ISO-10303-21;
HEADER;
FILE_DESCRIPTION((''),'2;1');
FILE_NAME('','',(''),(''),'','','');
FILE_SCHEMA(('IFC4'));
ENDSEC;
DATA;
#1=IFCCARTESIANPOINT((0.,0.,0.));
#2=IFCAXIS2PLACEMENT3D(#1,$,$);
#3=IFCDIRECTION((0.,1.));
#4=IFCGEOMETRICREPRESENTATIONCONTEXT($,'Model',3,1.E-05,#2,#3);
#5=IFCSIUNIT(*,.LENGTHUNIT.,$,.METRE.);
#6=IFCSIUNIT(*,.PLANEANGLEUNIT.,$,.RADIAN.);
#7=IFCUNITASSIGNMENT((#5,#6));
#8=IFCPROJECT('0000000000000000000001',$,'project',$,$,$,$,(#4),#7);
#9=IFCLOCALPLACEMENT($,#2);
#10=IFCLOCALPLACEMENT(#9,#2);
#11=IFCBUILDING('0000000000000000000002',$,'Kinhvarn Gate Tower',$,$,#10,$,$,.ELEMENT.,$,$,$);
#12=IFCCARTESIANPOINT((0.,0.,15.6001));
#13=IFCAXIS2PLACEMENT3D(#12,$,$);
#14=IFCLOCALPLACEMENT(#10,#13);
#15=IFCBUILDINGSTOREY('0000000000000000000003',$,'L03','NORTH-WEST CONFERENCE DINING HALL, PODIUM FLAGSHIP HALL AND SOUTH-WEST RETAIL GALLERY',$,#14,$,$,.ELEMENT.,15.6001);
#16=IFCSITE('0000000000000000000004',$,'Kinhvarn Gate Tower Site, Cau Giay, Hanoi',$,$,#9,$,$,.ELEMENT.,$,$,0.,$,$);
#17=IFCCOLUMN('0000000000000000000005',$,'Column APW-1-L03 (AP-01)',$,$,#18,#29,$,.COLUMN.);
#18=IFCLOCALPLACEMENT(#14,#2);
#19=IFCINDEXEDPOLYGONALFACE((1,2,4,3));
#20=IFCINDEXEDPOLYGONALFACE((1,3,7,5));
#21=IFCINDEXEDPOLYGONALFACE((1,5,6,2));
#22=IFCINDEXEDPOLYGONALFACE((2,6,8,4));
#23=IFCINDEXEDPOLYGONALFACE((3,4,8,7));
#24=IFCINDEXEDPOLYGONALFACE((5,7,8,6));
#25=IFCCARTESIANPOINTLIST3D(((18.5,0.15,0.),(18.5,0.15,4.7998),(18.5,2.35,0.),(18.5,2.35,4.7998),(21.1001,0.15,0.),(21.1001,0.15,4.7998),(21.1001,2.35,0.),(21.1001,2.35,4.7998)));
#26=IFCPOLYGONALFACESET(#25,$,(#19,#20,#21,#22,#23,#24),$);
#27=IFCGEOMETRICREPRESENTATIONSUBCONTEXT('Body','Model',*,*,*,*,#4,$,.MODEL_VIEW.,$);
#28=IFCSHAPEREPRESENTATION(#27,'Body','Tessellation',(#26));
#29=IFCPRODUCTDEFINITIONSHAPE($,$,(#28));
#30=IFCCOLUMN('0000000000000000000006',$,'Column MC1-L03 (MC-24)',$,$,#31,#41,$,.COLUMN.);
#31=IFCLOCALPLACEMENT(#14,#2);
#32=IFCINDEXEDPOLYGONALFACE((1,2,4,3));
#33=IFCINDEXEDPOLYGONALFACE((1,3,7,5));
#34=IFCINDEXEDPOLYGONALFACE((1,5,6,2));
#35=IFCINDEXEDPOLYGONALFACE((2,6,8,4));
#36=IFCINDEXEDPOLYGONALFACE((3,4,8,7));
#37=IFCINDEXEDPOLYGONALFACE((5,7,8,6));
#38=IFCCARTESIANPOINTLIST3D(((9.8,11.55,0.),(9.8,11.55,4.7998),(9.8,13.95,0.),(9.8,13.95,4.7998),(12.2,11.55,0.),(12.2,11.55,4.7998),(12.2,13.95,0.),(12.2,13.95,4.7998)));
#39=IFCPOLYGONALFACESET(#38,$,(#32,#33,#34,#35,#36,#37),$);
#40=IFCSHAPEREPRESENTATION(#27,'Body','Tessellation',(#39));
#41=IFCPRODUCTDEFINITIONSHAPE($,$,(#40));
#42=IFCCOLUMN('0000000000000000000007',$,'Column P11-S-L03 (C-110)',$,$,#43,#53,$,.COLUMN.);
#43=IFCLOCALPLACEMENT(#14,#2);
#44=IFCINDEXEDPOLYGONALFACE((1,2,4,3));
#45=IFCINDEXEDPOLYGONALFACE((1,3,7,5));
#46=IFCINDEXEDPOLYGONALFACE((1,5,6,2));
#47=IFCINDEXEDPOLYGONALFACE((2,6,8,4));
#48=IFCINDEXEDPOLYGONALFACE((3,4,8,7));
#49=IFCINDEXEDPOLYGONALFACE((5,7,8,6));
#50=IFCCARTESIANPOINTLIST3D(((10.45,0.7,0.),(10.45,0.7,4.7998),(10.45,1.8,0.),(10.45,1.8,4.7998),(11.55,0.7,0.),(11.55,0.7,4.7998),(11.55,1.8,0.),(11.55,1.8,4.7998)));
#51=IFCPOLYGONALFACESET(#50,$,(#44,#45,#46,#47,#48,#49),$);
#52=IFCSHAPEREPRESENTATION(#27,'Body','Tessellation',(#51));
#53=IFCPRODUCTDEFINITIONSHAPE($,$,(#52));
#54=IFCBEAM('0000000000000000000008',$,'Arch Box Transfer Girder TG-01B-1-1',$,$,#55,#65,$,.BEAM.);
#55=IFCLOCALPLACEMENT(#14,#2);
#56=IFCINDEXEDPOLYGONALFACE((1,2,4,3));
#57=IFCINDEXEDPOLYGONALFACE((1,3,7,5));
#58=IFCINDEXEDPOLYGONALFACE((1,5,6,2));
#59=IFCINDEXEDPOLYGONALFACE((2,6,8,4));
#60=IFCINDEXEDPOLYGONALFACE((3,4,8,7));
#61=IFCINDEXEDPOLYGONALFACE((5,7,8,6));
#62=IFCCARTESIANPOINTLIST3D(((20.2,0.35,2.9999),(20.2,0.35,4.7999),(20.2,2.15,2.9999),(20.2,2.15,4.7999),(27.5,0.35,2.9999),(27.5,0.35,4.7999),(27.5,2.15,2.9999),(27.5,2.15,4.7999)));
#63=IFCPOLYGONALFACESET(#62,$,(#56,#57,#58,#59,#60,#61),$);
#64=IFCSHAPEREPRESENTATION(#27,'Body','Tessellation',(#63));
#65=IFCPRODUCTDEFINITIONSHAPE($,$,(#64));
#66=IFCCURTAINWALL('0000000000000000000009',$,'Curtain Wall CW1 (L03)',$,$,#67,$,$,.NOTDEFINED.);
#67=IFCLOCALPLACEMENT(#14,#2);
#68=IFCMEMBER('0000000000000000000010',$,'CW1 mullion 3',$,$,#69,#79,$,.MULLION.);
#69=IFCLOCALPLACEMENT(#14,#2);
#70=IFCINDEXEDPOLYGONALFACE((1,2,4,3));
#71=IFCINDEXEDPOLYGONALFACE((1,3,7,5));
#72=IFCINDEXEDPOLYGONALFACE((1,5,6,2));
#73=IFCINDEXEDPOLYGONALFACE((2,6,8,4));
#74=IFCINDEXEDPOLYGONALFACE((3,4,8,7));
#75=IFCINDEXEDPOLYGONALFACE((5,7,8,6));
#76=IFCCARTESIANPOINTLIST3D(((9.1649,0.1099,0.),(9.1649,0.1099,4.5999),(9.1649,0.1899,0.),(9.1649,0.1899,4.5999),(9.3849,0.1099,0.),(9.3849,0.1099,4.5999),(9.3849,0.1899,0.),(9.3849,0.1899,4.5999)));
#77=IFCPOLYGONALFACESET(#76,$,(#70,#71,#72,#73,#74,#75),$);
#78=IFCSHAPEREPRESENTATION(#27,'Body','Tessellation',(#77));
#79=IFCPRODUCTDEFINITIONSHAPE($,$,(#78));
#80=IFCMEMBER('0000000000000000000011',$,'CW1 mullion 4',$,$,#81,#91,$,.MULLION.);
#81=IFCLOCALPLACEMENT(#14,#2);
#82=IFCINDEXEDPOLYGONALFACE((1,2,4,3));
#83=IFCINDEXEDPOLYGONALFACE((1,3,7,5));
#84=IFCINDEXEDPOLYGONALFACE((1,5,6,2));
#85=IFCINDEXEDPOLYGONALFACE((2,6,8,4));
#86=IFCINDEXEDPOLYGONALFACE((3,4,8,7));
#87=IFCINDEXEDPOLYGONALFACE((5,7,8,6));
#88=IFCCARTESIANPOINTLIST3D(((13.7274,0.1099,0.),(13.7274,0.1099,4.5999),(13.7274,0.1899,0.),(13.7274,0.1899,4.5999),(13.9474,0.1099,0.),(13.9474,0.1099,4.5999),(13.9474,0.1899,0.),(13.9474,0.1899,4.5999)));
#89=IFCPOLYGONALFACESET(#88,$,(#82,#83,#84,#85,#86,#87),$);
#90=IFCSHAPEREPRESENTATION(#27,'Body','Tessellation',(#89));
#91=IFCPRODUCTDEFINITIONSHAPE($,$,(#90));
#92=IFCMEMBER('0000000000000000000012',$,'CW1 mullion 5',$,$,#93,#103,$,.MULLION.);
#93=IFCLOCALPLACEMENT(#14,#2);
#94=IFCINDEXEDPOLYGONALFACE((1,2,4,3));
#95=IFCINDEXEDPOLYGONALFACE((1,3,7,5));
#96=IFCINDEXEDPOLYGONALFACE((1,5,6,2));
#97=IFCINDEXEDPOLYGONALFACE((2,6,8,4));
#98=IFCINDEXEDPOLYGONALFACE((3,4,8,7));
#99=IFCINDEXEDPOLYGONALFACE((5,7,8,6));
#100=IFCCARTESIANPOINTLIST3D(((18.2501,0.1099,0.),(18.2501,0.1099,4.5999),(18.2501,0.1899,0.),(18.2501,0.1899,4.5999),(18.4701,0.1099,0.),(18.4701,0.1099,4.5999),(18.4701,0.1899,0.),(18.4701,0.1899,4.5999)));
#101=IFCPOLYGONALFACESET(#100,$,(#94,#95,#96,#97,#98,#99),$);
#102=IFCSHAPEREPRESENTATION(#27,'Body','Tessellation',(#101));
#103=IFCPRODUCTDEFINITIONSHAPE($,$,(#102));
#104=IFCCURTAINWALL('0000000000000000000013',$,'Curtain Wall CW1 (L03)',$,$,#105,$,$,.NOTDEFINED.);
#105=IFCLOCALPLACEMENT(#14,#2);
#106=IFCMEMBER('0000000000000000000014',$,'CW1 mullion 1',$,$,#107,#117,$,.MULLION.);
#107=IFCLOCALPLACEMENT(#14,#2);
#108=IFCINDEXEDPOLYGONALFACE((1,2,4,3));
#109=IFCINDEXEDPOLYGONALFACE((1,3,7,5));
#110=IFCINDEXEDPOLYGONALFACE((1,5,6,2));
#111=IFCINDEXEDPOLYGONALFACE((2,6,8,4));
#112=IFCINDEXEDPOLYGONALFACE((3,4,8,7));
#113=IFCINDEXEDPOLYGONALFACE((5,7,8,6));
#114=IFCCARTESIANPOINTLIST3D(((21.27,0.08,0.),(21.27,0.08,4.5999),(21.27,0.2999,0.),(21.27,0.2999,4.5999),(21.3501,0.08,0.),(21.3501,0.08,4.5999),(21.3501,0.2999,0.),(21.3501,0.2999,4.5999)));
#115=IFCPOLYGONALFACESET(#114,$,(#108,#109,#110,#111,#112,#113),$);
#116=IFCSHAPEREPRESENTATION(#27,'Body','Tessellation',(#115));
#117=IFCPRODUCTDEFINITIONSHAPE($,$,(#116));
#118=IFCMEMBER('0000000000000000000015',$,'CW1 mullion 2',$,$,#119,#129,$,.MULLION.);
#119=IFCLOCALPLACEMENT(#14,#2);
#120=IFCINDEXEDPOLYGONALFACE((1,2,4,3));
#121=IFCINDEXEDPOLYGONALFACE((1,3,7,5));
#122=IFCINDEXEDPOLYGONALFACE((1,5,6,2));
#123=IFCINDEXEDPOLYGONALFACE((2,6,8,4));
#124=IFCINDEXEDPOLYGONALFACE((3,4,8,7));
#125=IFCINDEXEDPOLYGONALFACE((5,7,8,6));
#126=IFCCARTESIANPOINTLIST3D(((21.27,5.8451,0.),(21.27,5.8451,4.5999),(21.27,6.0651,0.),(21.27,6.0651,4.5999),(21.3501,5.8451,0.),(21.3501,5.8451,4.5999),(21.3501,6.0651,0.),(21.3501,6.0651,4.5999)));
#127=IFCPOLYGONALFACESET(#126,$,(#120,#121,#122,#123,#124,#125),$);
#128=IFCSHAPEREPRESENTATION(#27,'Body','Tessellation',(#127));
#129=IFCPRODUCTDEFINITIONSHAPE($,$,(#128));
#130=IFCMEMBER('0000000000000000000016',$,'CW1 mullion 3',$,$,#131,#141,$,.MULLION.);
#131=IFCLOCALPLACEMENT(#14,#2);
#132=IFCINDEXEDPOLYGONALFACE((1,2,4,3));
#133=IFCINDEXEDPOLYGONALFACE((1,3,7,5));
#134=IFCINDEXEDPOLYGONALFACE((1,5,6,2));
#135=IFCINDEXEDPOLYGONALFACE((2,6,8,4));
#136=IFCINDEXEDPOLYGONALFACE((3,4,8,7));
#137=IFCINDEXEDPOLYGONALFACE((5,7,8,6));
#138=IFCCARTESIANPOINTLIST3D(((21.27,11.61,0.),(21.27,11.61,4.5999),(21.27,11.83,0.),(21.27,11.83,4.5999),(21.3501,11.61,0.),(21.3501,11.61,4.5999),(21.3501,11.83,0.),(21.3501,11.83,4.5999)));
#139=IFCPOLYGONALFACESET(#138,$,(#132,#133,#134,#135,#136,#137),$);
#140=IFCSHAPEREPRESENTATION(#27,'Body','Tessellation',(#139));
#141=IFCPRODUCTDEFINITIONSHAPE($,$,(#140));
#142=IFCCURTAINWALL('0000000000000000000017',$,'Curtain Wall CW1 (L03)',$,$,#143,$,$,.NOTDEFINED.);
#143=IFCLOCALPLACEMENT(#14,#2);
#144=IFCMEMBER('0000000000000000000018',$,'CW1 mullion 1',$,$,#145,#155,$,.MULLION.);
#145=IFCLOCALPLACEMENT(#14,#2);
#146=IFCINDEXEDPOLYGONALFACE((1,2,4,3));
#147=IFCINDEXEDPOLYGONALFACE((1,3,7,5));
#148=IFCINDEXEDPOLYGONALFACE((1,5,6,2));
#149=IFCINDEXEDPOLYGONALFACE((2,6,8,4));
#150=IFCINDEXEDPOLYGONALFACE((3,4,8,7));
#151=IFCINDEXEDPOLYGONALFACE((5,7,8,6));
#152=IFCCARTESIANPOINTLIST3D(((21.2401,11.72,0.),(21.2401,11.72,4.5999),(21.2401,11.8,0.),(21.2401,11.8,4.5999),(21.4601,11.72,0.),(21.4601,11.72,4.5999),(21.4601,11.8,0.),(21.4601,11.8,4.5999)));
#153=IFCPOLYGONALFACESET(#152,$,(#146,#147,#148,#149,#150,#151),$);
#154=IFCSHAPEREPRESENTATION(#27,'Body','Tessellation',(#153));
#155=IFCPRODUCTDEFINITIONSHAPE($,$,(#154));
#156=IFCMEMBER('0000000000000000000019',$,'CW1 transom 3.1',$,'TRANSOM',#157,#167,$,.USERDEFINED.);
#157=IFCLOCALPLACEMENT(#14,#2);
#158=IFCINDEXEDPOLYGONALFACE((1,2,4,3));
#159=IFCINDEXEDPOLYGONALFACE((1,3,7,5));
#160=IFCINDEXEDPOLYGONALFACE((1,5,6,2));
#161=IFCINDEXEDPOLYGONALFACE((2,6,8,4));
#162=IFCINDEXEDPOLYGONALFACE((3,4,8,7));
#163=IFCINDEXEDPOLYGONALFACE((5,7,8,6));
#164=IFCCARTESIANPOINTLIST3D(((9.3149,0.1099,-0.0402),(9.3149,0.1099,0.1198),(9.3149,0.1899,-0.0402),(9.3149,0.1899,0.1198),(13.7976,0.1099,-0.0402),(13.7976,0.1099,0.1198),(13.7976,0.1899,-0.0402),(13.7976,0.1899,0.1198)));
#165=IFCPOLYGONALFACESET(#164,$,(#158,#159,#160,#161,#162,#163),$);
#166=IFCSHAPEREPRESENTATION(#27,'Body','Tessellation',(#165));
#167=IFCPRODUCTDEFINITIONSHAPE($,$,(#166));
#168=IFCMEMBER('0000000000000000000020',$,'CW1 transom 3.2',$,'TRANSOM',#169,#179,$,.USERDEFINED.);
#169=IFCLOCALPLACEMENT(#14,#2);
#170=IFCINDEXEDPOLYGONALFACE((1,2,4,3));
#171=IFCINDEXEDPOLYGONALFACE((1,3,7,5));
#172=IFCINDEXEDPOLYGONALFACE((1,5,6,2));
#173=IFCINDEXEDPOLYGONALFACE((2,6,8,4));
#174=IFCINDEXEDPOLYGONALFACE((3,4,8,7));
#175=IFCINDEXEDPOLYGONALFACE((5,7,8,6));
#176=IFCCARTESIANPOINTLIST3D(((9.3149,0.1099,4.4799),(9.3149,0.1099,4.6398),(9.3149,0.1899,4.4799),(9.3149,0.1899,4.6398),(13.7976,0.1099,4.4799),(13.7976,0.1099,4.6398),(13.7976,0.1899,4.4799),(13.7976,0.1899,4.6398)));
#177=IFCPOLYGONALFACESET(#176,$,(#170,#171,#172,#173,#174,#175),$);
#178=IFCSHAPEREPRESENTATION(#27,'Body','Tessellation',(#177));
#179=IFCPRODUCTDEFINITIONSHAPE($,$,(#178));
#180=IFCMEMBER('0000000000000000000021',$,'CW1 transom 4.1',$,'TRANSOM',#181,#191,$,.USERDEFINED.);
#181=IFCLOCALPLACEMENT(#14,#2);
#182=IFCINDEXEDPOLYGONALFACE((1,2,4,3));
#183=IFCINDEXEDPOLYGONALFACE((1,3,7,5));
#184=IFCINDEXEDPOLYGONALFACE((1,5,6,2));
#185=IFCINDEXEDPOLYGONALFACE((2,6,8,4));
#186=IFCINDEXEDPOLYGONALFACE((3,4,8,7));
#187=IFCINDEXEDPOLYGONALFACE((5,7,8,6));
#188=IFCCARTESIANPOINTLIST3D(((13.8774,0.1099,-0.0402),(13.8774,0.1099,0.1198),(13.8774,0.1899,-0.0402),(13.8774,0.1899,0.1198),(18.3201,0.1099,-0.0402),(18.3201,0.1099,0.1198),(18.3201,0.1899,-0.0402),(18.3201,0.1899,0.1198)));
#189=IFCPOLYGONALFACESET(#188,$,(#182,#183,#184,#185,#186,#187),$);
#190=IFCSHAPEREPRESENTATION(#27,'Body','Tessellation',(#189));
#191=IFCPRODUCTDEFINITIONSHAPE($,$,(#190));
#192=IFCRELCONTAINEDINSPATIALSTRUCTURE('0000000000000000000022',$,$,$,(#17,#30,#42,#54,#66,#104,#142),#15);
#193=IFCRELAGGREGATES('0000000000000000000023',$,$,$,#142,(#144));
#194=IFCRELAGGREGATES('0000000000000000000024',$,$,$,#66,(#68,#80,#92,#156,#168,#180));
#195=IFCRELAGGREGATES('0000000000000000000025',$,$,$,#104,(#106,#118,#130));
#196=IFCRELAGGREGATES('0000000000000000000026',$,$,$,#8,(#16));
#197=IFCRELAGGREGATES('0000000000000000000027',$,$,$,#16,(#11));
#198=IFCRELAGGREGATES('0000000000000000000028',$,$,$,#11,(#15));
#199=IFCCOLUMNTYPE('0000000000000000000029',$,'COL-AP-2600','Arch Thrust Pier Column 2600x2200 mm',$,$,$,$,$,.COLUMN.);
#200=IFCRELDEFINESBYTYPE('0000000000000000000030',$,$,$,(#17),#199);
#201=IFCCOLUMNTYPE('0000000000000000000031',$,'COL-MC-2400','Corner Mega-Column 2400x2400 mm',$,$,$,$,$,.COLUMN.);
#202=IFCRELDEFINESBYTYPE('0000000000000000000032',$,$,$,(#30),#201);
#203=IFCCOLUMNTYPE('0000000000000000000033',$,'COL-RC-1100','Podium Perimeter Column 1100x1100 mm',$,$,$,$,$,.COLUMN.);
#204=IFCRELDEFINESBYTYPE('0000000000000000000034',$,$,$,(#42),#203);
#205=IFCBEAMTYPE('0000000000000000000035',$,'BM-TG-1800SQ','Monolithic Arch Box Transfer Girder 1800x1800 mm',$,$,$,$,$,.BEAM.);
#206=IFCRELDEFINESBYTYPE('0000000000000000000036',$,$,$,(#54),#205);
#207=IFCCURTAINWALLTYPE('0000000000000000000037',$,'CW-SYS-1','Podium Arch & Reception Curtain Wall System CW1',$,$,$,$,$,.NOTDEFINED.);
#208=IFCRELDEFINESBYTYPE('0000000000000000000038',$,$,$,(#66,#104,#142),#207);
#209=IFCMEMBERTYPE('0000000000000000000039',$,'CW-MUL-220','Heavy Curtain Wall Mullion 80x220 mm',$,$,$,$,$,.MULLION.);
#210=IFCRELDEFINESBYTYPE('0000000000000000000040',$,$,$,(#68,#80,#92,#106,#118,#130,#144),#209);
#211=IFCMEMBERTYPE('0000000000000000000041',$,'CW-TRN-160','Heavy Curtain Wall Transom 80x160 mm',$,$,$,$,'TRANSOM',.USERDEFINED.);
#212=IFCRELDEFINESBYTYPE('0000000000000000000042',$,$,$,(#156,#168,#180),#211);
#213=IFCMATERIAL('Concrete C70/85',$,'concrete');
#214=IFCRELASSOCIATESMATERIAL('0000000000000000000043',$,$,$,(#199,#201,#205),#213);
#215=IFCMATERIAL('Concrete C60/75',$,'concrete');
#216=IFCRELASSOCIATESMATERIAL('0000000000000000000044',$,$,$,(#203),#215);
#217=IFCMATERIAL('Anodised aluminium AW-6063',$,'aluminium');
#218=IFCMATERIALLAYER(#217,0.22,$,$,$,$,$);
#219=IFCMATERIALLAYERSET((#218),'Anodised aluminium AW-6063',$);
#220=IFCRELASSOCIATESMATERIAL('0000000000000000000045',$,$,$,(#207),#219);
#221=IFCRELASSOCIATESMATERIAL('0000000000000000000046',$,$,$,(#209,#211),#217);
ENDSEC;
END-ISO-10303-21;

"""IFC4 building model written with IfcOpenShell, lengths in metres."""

from ifc_helpers import new_model, si_unit, direction, frame, origin, origin_2d, place, context, subcontext, project, spatial, rectangle, extrude, material, layer, layer_set, material_profile, profile_set, type_object, element, aggregate, save


model = new_model("IFC4")

# Units and contexts
model_context = context("Model", 3, precision=1e-05, world=origin(), true_north=direction((0.0, 1.0)))
body_context = subcontext(model_context, "Body", "Model", "MODEL_VIEW")
ifc_project = project(units=[si_unit("LENGTHUNIT", "METRE"), si_unit("PLANEANGLEUNIT", "RADIAN")], contexts=[model_context])

# Site, building, storey
site_placement = place(None, origin())
site = spatial("IfcSite", under=ifc_project, at=site_placement, Name="Kinhvarn Gate Tower Site, Cau Giay, Hanoi", CompositionType="ELEMENT", RefElevation=0.0)
building_placement = place(site_placement, origin())
building = spatial("IfcBuilding", under=site, at=building_placement, Name="Kinhvarn Gate Tower", CompositionType="ELEMENT")
storey_placement = place(building_placement, frame((0.0, 0.0, 15.6001)))
storey = spatial("IfcBuildingStorey", under=building, at=storey_placement, Name="L03", Description="NORTH-WEST CONFERENCE DINING HALL, PODIUM FLAGSHIP HALL AND SOUTH-WEST RETAIL GALLERY", CompositionType="ELEMENT", Elevation=15.6001)

# Columns
ifc_material_1 = material(Name="Concrete C70/85", Category="concrete")
ifc_material_profile_1 = material_profile(ifc_material_1, rectangle(XDim=2.6001, YDim=2.2, at=origin_2d()), Name="RC 2600x2200")
ifc_profile_set_1 = profile_set([ifc_material_profile_1], Name="Concrete C70/85")
column_type_1 = type_object("IfcColumnType", Name="COL-AP-2600", Description="Arch Thrust Pier Column 2600x2200 mm", PredefinedType="COLUMN", material=ifc_profile_set_1)
column_1_placement = place(storey_placement, frame((19.8, 1.25, 0.0), z_axis=(0.0, 0.0, 1.0), x_axis=(1.0, 0.0, 0.0)))
element("IfcColumn", 1, at=column_1_placement, inside=storey, type_object=column_type_1, Name="Column APW-1-L03 (AP-01)", PredefinedType="COLUMN", context=body_context, shape_type="SweptSolid", body=[
    extrude(rectangle(XDim=2.6001, YDim=2.2, at=origin_2d()), origin(), (0.0, 0.0, 1.0), 4.7998),
])
ifc_material_profile_2 = material_profile(ifc_material_1, rectangle(XDim=2.3999, YDim=2.3999, at=origin_2d()), Name="RC 2400x2400")
ifc_profile_set_2 = profile_set([ifc_material_profile_2], Name="Concrete C70/85")
column_type_2 = type_object("IfcColumnType", Name="COL-MC-2400", Description="Corner Mega-Column 2400x2400 mm", PredefinedType="COLUMN", material=ifc_profile_set_2)
column_2_placement = place(storey_placement, frame((11.0, 12.75, 0.0), z_axis=(0.0, 0.0, 1.0), x_axis=(1.0, 0.0, 0.0)))
element("IfcColumn", 2, at=column_2_placement, inside=storey, type_object=column_type_2, Name="Column MC1-L03 (MC-24)", PredefinedType="COLUMN", context=body_context, shape_type="SweptSolid", body=[
    extrude(rectangle(XDim=2.3999, YDim=2.3999, at=origin_2d()), origin(), (0.0, 0.0, 1.0), 4.7998),
])
ifc_material_2 = material(Name="Concrete C60/75", Category="concrete")
ifc_material_profile_3 = material_profile(ifc_material_2, rectangle(XDim=1.1001, YDim=1.1001, at=origin_2d()), Name="RC 1100x1100")
ifc_profile_set_3 = profile_set([ifc_material_profile_3], Name="Concrete C60/75")
column_type_3 = type_object("IfcColumnType", Name="COL-RC-1100", Description="Podium Perimeter Column 1100x1100 mm", PredefinedType="COLUMN", material=ifc_profile_set_3)
column_3_placement = place(storey_placement, frame((11.0, 1.25, 0.0), z_axis=(0.0, 0.0, 1.0), x_axis=(1.0, 0.0, 0.0)))
element("IfcColumn", 3, at=column_3_placement, inside=storey, type_object=column_type_3, Name="Column P11-S-L03 (C-110)", PredefinedType="COLUMN", context=body_context, shape_type="SweptSolid", body=[
    extrude(rectangle(XDim=1.1001, YDim=1.1001, at=origin_2d()), origin(), (0.0, 0.0, 1.0), 4.7998),
])

# Beam
ifc_material_profile_4 = material_profile(ifc_material_1, rectangle(XDim=1.8, YDim=1.8, at=origin_2d()), Name="RC 1800x1800")
ifc_profile_set_4 = profile_set([ifc_material_profile_4], Name="Concrete C70/85")
beam_type_1 = type_object("IfcBeamType", Name="BM-TG-1800SQ", Description="Monolithic Arch Box Transfer Girder 1800x1800 mm", PredefinedType="BEAM", material=ifc_profile_set_4)
beam_1_placement = place(storey_placement, frame((20.2, 1.25, 3.8999), z_axis=(1.0, 0.0, 0.0), x_axis=(0.0, 1.0, 0.0)))
element("IfcBeam", 4, at=beam_1_placement, inside=storey, type_object=beam_type_1, Name="Arch Box Transfer Girder TG-01B-1-1", PredefinedType="BEAM", context=body_context, shape_type="SweptSolid", body=[
    extrude(rectangle(XDim=1.8, YDim=1.8, at=origin_2d()), origin(), (0.0, 0.0, 1.0), 7.3),
])

# Curtain walls, members
ifc_material_3 = material(Name="Anodised aluminium AW-6063", Category="aluminium")
ifc_layer_1 = layer(ifc_material_3, 0.22)
ifc_layer_set_1 = layer_set([ifc_layer_1], Name="Anodised aluminium AW-6063")
curtain_wall_type = type_object("IfcCurtainWallType", Name="CW-SYS-1", Description="Podium Arch & Reception Curtain Wall System CW1", PredefinedType="NOTDEFINED", material=ifc_layer_set_1)
curtain_wall_1_placement = place(storey_placement, origin())
curtain_wall_1 = element("IfcCurtainWall", 5, at=curtain_wall_1_placement, inside=storey, type_object=curtain_wall_type, Name="Curtain Wall CW1 (L03)", PredefinedType="NOTDEFINED")
ifc_material_profile_5 = material_profile(ifc_material_3, rectangle(XDim=0.0801, YDim=0.22, at=origin_2d()), Name="ALU 80x220")
ifc_profile_set_5 = profile_set([ifc_material_profile_5], Name="Anodised aluminium AW-6063")
member_type_1 = type_object("IfcMemberType", Name="CW-MUL-220", Description="Heavy Curtain Wall Mullion 80x220 mm", PredefinedType="MULLION", material=ifc_profile_set_5)
member_1_placement = place(storey_placement, frame((9.2749, 0.1499, 0.0), z_axis=(0.0, 0.0, 1.0), x_axis=(0.0, 1.0, 0.0)))
member_1 = element("IfcMember", 6, at=member_1_placement, type_object=member_type_1, Name="CW1 mullion 3", PredefinedType="MULLION", context=body_context, shape_type="SweptSolid", body=[
    extrude(rectangle(XDim=0.0801, YDim=0.22, at=origin_2d()), origin(), (0.0, 0.0, 1.0), 4.5999),
])
member_2_placement = place(storey_placement, frame((13.8374, 0.1499, 0.0), z_axis=(0.0, 0.0, 1.0), x_axis=(0.0, 1.0, 0.0)))
member_2 = element("IfcMember", 7, at=member_2_placement, type_object=member_type_1, Name="CW1 mullion 4", PredefinedType="MULLION", context=body_context, shape_type="SweptSolid", body=[
    extrude(rectangle(XDim=0.0801, YDim=0.22, at=origin_2d()), origin(), (0.0, 0.0, 1.0), 4.5999),
])
member_3_placement = place(storey_placement, frame((18.3601, 0.1499, 0.0), z_axis=(0.0, 0.0, 1.0), x_axis=(0.0, 1.0, 0.0)))
member_3 = element("IfcMember", 8, at=member_3_placement, type_object=member_type_1, Name="CW1 mullion 5", PredefinedType="MULLION", context=body_context, shape_type="SweptSolid", body=[
    extrude(rectangle(XDim=0.0801, YDim=0.22, at=origin_2d()), origin(), (0.0, 0.0, 1.0), 4.5999),
])
curtain_wall_2_placement = place(storey_placement, origin())
curtain_wall_2 = element("IfcCurtainWall", 9, at=curtain_wall_2_placement, inside=storey, type_object=curtain_wall_type, Name="Curtain Wall CW1 (L03)", PredefinedType="NOTDEFINED")
member_4_placement = place(storey_placement, frame((21.3101, 0.1899, 0.0), z_axis=(0.0, 0.0, 1.0), x_axis=(-1.0, 0.0, 0.0)))
member_4 = element("IfcMember", 10, at=member_4_placement, type_object=member_type_1, Name="CW1 mullion 1", PredefinedType="MULLION", context=body_context, shape_type="SweptSolid", body=[
    extrude(rectangle(XDim=0.0801, YDim=0.22, at=origin_2d()), origin(), (0.0, 0.0, 1.0), 4.5999),
])
member_5_placement = place(storey_placement, frame((21.3101, 5.9551, 0.0), z_axis=(0.0, 0.0, 1.0), x_axis=(-1.0, 0.0, 0.0)))
member_5 = element("IfcMember", 11, at=member_5_placement, type_object=member_type_1, Name="CW1 mullion 2", PredefinedType="MULLION", context=body_context, shape_type="SweptSolid", body=[
    extrude(rectangle(XDim=0.0801, YDim=0.22, at=origin_2d()), origin(), (0.0, 0.0, 1.0), 4.5999),
])
member_6_placement = place(storey_placement, frame((21.3101, 11.72, 0.0), z_axis=(0.0, 0.0, 1.0), x_axis=(-1.0, 0.0, 0.0)))
member_6 = element("IfcMember", 12, at=member_6_placement, type_object=member_type_1, Name="CW1 mullion 3", PredefinedType="MULLION", context=body_context, shape_type="SweptSolid", body=[
    extrude(rectangle(XDim=0.0801, YDim=0.22, at=origin_2d()), origin(), (0.0, 0.0, 1.0), 4.5999),
])

# Curtain wall, member
curtain_wall_3_placement = place(storey_placement, origin())
curtain_wall_3 = element("IfcCurtainWall", 13, at=curtain_wall_3_placement, inside=storey, type_object=curtain_wall_type, Name="Curtain Wall CW1 (L03)", PredefinedType="NOTDEFINED")
member_7_placement = place(storey_placement, frame((21.3501, 11.76, 0.0), z_axis=(0.0, 0.0, 1.0), x_axis=(0.0, 1.0, 0.0)))
member_7 = element("IfcMember", 14, at=member_7_placement, type_object=member_type_1, Name="CW1 mullion 1", PredefinedType="MULLION", context=body_context, shape_type="SweptSolid", body=[
    extrude(rectangle(XDim=0.0801, YDim=0.22, at=origin_2d()), origin(), (0.0, 0.0, 1.0), 4.5999),
])

# Members
ifc_material_profile_6 = material_profile(ifc_material_3, rectangle(XDim=0.0801, YDim=0.1599, at=origin_2d()), Name="ALU 80x160")
ifc_profile_set_6 = profile_set([ifc_material_profile_6], Name="Anodised aluminium AW-6063")
member_type_2 = type_object("IfcMemberType", Name="CW-TRN-160", Description="Heavy Curtain Wall Transom 80x160 mm", ElementType="TRANSOM", PredefinedType="USERDEFINED", material=ifc_profile_set_6)
member_8_placement = place(storey_placement, frame((9.3149, 0.1499, 0.0398), z_axis=(1.0, 0.0, 0.0), x_axis=(0.0, 1.0, 0.0)))
member_8 = element("IfcMember", 15, at=member_8_placement, type_object=member_type_2, Name="CW1 transom 3.1", ObjectType="TRANSOM", PredefinedType="USERDEFINED", context=body_context, shape_type="SweptSolid", body=[
    extrude(rectangle(XDim=0.0801, YDim=0.1599, at=origin_2d()), origin(), (0.0, 0.0, 1.0), 4.4827),
])
member_9_placement = place(storey_placement, frame((9.3149, 0.1499, 4.5598), z_axis=(1.0, 0.0, 0.0), x_axis=(0.0, 1.0, 0.0)))
member_9 = element("IfcMember", 16, at=member_9_placement, type_object=member_type_2, Name="CW1 transom 3.2", ObjectType="TRANSOM", PredefinedType="USERDEFINED", context=body_context, shape_type="SweptSolid", body=[
    extrude(rectangle(XDim=0.0801, YDim=0.1599, at=origin_2d()), origin(), (0.0, 0.0, 1.0), 4.4827),
])
member_10_placement = place(storey_placement, frame((13.8774, 0.1499, 0.0398), z_axis=(1.0, 0.0, 0.0), x_axis=(0.0, 1.0, 0.0)))
member_10 = element("IfcMember", 17, at=member_10_placement, type_object=member_type_2, Name="CW1 transom 4.1", ObjectType="TRANSOM", PredefinedType="USERDEFINED", context=body_context, shape_type="SweptSolid", body=[
    extrude(rectangle(XDim=0.0801, YDim=0.1599, at=origin_2d()), origin(), (0.0, 0.0, 1.0), 4.4426),
])
aggregate(curtain_wall_3, [member_7])

aggregate(curtain_wall_1, [member_1, member_2, member_3, member_8, member_9, member_10])
aggregate(curtain_wall_2, [member_4, member_5, member_6])

save(model, "model.ifc")
